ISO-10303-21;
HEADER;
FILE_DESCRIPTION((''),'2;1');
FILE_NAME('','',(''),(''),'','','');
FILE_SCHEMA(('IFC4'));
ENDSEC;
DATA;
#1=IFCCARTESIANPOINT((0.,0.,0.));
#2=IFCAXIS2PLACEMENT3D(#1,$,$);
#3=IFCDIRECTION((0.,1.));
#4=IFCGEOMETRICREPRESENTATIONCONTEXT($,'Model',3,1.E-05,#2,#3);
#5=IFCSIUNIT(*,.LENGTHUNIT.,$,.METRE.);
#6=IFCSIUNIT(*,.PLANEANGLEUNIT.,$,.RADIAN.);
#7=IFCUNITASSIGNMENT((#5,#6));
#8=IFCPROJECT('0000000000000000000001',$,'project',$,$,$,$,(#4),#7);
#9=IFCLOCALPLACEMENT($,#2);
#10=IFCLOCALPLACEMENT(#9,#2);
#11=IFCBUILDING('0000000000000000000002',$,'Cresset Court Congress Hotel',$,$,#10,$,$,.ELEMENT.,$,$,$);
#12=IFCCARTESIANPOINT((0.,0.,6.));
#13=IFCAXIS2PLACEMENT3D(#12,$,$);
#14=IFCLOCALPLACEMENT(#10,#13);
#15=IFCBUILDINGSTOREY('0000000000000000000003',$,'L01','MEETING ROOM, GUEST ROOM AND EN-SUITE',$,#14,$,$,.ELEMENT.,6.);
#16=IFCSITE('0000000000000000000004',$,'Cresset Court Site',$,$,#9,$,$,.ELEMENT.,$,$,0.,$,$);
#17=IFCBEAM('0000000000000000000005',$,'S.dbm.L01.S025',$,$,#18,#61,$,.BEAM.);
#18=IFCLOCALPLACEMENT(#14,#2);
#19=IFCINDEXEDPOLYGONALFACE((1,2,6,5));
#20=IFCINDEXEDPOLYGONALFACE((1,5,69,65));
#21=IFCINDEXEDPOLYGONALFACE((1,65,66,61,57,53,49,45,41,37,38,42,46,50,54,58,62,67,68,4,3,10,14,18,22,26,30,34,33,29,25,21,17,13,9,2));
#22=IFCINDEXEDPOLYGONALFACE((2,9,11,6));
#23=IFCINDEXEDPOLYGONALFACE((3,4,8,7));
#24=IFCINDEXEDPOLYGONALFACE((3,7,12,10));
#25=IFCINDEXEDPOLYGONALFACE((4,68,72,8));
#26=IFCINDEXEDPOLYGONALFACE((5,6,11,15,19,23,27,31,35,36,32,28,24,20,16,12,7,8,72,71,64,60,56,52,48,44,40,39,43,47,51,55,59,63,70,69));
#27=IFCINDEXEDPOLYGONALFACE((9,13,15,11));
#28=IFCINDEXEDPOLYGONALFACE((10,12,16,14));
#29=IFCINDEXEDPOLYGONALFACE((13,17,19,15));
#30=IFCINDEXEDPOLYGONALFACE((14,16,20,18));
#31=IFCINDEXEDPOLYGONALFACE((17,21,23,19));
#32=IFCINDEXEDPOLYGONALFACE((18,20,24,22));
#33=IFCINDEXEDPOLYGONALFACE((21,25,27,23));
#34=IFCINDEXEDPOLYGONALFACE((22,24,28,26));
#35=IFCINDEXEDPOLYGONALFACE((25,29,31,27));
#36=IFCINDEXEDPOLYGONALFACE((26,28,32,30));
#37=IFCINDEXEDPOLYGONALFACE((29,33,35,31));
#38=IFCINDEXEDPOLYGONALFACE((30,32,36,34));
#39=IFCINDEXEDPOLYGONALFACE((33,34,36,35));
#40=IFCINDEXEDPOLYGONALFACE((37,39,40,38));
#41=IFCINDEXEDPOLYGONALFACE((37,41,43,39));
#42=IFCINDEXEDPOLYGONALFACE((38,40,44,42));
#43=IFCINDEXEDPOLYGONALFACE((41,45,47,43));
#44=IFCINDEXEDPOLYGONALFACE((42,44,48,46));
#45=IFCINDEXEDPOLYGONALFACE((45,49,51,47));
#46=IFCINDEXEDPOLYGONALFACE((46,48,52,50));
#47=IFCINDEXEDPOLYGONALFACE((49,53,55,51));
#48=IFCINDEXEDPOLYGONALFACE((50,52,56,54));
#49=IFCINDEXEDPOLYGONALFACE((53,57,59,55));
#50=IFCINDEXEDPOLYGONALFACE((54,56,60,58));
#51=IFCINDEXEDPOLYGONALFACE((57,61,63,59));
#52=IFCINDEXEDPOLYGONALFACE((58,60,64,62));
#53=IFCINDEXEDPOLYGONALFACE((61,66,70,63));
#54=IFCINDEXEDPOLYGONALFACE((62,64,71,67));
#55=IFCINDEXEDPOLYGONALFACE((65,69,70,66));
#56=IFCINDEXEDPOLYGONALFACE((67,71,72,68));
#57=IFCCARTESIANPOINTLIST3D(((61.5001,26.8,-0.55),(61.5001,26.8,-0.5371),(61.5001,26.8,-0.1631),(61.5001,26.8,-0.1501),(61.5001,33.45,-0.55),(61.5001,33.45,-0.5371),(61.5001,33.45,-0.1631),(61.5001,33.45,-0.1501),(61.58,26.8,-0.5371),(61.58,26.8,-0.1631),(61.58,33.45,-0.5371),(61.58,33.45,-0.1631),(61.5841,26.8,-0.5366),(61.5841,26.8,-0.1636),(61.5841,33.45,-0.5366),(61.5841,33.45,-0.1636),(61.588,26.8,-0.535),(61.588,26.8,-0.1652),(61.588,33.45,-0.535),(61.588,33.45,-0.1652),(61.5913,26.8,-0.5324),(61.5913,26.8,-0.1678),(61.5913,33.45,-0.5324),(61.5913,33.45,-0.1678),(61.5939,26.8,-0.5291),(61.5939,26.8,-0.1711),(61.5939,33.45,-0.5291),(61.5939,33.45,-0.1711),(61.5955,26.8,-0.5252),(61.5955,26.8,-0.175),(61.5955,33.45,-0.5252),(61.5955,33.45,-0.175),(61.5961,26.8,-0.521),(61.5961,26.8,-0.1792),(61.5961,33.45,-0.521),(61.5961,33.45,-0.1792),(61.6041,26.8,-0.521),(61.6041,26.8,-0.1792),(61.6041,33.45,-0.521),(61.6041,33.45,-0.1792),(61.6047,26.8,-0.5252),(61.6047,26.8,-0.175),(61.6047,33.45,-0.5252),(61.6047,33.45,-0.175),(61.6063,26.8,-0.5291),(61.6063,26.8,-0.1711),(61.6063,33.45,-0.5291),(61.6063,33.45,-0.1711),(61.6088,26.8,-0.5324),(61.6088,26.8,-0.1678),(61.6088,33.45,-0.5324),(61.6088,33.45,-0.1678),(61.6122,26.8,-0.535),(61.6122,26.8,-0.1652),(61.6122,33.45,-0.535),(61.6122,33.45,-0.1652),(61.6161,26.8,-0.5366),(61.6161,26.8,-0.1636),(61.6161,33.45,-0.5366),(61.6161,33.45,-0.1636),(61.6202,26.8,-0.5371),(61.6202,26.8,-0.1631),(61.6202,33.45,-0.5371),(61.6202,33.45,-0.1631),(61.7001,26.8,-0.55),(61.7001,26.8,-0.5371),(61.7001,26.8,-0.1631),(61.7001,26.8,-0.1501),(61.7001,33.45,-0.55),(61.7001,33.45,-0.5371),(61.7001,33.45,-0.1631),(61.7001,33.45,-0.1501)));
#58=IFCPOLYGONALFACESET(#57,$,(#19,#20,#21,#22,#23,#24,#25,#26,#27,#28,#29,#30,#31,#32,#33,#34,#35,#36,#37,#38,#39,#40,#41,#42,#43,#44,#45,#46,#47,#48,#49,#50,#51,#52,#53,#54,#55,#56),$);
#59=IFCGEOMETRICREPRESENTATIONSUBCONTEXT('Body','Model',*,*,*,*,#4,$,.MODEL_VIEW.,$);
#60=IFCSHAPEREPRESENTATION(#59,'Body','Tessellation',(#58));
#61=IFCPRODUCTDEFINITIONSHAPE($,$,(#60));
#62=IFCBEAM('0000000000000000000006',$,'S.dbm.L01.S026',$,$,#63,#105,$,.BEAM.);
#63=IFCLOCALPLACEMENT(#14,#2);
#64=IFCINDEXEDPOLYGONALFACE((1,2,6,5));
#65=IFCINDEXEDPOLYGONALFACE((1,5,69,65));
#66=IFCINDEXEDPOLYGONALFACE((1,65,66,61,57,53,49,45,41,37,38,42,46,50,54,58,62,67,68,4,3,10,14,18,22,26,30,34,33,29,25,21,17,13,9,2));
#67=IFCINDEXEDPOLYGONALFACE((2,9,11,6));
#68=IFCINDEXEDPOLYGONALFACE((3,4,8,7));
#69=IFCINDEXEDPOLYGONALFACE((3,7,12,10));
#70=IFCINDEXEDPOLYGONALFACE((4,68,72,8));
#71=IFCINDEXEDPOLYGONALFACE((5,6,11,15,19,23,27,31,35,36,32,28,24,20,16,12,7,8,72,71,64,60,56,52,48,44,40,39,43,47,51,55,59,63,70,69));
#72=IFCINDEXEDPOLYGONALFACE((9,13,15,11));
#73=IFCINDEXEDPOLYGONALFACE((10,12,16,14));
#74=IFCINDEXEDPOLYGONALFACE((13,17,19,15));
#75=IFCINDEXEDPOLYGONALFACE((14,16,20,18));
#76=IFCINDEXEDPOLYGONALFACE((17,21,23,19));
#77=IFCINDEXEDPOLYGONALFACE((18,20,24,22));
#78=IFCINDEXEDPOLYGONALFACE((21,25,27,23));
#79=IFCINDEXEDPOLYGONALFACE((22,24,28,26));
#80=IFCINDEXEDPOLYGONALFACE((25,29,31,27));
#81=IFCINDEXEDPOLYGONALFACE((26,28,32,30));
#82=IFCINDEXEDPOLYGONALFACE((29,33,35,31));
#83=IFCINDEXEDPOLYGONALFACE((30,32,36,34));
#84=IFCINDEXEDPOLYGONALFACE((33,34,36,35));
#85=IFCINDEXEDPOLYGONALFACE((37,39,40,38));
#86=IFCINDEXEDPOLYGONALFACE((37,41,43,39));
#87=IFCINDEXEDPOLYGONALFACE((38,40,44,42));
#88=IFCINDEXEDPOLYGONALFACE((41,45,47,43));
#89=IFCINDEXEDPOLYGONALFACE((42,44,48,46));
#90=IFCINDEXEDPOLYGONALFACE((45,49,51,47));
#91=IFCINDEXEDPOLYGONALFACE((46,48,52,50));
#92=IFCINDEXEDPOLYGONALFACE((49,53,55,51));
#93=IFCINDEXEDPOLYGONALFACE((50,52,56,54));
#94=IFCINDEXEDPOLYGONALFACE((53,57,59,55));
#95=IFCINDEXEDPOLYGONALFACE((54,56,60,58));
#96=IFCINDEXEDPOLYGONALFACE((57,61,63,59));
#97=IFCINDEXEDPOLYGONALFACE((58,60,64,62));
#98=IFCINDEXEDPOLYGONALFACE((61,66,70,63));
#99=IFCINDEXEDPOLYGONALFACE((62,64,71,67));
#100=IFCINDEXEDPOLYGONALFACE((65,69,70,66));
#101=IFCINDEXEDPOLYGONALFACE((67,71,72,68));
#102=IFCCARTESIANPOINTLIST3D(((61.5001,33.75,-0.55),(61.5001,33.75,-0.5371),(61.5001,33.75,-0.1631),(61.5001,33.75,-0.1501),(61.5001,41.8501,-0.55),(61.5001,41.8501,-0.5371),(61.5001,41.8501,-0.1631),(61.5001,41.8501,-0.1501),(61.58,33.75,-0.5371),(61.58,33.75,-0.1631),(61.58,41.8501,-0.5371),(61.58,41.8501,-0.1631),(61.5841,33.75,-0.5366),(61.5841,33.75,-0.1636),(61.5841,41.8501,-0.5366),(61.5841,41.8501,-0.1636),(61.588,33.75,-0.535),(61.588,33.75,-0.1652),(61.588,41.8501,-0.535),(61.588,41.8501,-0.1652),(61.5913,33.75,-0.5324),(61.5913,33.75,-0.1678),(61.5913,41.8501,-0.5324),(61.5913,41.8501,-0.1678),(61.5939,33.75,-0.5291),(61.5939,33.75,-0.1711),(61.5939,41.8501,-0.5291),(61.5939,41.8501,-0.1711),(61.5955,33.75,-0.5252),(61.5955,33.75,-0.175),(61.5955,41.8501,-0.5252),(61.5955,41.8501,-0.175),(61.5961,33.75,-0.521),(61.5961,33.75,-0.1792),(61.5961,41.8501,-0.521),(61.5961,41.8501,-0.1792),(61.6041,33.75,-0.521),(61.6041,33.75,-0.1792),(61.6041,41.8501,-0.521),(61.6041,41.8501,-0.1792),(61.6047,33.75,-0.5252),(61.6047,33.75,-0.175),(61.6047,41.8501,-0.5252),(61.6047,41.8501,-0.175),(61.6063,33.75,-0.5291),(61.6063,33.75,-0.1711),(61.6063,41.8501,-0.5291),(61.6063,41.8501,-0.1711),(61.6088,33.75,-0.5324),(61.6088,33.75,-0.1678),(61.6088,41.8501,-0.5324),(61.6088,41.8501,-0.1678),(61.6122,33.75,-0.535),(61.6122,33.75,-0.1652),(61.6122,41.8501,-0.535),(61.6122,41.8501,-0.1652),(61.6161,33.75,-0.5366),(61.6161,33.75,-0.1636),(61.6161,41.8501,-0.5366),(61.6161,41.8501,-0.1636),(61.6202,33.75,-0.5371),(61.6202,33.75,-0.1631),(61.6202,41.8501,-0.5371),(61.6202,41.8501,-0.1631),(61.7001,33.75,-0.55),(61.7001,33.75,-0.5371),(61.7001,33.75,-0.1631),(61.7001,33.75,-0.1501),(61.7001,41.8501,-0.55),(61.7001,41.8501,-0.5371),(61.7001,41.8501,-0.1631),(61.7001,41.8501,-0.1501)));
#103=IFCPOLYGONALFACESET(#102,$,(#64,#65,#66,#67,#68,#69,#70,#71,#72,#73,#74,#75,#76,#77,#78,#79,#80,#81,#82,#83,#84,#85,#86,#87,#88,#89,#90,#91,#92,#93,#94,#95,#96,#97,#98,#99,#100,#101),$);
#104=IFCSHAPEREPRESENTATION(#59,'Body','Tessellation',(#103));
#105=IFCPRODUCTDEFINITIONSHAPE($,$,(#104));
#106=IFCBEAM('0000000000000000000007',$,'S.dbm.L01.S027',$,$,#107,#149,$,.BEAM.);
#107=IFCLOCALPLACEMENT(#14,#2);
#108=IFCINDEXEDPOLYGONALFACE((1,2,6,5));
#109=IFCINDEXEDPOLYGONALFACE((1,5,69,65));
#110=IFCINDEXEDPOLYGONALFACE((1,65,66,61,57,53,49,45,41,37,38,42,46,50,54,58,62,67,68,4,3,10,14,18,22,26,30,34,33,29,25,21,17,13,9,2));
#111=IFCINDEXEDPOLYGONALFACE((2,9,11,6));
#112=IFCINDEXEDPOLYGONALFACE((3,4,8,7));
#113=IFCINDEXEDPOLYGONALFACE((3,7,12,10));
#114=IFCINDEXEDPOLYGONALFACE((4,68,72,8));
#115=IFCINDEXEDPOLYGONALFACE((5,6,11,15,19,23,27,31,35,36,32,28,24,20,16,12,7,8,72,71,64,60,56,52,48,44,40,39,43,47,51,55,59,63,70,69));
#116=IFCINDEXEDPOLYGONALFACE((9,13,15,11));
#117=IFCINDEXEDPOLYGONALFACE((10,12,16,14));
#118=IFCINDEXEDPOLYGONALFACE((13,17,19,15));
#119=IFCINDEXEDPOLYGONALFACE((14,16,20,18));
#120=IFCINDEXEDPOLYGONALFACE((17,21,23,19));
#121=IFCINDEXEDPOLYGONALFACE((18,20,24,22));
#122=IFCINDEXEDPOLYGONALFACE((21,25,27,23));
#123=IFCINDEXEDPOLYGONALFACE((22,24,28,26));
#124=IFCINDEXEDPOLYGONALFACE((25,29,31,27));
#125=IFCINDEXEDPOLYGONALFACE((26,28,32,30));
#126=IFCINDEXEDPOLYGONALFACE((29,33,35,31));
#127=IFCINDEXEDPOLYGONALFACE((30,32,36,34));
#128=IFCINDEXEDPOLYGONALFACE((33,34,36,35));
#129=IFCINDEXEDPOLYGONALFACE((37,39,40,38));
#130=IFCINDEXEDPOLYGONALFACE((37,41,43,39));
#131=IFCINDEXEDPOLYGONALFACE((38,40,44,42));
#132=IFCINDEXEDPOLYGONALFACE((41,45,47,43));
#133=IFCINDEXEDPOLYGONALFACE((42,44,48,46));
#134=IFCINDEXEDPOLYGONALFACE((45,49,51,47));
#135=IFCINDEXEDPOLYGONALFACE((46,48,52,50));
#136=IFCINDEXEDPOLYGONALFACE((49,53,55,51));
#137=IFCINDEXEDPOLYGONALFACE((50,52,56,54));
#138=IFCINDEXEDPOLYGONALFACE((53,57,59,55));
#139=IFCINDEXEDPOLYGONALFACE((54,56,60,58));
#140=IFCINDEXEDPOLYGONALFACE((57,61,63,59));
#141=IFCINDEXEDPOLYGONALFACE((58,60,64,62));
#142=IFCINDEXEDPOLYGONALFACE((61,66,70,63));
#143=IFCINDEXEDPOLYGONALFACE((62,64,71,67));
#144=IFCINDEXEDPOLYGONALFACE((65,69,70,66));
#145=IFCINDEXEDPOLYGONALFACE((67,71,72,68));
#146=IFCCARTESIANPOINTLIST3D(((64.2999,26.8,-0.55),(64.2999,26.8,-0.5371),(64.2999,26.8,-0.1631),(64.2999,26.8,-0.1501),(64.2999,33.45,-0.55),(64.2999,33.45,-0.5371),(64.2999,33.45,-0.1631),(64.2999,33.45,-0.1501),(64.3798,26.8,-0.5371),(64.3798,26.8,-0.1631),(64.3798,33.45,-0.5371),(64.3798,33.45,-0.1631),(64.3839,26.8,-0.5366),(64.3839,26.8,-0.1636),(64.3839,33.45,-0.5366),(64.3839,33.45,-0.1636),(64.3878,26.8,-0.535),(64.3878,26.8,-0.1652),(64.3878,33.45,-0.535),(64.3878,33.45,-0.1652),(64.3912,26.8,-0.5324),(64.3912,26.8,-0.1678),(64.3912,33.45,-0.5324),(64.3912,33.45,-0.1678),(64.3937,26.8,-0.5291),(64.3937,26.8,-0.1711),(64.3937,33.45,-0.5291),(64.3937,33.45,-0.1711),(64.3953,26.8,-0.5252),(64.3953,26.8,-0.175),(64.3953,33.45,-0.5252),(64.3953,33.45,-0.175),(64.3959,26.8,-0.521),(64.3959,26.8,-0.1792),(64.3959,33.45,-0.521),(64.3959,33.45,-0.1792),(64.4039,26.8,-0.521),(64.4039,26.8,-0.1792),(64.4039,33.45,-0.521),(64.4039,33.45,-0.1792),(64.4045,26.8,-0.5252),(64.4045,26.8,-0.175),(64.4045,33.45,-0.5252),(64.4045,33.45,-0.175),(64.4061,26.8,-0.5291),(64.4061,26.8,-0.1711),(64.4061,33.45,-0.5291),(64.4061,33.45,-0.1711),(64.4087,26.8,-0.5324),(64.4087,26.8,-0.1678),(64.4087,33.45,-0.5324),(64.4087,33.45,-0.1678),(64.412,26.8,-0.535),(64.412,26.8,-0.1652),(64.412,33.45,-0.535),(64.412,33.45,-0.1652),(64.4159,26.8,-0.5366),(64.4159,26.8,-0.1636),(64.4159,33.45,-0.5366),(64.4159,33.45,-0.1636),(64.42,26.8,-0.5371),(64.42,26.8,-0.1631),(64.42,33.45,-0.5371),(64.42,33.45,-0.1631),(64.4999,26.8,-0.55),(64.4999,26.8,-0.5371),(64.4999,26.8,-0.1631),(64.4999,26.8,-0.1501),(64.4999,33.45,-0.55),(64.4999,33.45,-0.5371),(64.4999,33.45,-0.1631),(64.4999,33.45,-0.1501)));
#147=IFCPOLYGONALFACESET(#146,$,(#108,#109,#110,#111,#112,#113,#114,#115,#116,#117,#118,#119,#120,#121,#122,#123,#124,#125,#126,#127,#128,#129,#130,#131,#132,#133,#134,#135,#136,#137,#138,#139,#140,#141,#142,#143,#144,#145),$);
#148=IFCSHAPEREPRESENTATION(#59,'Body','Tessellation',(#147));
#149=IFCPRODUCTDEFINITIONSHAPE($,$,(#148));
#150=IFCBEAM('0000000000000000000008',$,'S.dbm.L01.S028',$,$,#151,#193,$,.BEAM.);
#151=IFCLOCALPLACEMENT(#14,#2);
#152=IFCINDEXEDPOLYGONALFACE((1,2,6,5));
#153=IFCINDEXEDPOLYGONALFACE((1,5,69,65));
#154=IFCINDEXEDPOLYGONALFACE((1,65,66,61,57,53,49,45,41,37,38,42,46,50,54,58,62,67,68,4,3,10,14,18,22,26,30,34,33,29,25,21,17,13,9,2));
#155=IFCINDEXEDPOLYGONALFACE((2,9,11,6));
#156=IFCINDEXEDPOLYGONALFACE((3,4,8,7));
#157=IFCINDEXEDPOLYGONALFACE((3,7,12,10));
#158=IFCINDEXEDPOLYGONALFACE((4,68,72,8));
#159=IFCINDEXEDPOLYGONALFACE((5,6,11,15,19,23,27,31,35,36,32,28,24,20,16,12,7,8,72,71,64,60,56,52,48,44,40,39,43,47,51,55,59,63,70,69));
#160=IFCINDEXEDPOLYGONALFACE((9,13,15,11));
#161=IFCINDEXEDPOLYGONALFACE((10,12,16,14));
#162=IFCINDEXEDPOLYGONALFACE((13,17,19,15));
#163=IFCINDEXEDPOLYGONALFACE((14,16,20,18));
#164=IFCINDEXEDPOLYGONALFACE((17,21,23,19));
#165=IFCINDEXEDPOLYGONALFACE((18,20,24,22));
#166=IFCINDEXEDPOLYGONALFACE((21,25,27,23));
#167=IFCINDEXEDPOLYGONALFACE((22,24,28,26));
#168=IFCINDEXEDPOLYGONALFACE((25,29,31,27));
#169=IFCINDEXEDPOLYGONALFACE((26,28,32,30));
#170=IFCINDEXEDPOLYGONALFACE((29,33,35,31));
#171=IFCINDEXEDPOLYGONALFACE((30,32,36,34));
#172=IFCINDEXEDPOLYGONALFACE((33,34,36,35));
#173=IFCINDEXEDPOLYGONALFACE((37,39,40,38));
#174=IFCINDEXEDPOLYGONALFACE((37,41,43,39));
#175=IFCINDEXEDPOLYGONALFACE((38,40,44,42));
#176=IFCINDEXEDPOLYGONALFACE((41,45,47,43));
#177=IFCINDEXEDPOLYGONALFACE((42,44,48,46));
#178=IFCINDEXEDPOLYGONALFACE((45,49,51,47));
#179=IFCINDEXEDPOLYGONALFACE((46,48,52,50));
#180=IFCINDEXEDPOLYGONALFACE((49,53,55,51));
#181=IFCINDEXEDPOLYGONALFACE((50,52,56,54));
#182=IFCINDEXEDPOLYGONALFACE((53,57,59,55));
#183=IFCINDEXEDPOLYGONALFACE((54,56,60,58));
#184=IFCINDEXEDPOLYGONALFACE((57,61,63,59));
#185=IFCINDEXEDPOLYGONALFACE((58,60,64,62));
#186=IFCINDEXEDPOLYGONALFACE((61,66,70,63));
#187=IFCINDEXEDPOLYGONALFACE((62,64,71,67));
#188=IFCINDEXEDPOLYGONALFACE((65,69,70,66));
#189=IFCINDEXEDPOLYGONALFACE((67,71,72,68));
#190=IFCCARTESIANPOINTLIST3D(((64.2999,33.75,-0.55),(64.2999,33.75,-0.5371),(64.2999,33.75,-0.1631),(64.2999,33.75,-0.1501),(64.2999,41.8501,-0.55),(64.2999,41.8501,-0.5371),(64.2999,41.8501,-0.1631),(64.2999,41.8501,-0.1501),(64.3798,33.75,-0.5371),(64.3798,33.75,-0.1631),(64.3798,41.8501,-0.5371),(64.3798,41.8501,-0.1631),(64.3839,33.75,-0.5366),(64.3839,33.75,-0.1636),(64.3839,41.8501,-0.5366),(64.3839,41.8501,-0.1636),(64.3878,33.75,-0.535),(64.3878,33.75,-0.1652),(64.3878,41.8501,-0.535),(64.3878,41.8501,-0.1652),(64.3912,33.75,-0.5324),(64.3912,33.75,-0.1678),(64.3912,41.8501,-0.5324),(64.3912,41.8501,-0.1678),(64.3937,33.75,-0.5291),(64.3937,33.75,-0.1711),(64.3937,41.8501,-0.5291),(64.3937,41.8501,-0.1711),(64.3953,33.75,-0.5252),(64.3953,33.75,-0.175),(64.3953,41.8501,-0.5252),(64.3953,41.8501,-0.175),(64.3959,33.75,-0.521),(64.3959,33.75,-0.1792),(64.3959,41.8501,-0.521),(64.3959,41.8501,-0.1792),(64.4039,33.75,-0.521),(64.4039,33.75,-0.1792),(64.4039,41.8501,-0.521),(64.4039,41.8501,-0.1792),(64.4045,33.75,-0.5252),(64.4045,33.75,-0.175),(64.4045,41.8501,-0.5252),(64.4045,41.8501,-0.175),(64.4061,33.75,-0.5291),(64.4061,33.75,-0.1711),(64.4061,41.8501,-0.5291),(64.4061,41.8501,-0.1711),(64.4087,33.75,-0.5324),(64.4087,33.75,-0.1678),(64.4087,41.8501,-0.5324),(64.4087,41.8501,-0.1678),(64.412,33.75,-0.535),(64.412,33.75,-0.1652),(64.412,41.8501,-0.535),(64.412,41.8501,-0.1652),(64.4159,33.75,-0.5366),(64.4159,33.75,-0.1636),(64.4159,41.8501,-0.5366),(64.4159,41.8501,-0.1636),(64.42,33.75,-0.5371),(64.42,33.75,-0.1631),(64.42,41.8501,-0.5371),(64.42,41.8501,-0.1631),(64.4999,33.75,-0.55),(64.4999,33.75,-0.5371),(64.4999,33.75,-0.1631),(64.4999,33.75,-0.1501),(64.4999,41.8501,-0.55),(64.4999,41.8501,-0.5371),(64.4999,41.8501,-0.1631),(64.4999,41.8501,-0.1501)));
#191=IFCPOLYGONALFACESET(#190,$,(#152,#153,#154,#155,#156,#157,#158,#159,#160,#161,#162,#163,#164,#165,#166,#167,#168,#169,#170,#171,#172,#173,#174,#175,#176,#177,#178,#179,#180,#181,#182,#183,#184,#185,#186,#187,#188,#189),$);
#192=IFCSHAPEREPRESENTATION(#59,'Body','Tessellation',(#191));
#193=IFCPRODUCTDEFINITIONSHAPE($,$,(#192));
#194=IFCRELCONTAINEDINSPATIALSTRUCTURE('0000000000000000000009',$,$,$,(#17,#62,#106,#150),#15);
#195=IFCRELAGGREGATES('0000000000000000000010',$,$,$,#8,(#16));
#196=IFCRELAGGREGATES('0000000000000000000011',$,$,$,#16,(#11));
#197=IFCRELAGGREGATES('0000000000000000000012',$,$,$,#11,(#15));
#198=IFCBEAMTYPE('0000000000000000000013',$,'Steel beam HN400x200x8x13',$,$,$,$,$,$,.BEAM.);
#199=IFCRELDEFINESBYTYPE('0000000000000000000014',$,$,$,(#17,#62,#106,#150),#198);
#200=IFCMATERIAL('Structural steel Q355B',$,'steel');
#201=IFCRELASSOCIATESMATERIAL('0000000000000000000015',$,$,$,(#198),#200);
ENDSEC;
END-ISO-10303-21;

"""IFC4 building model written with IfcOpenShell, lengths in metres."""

from ifc_helpers import new_model, si_unit, direction, frame, origin, origin_2d, place, context, subcontext, project, spatial, i_section, extrude, material, material_profile, profile_set, type_object, element, save


model = new_model("IFC4")

# Units and contexts
model_context = context("Model", 3, precision=1e-05, world=origin(), true_north=direction((0.0, 1.0)))
body_context = subcontext(model_context, "Body", "Model", "MODEL_VIEW")
ifc_project = project(units=[si_unit("LENGTHUNIT", "METRE"), si_unit("PLANEANGLEUNIT", "RADIAN")], contexts=[model_context])

# Site, building, storey
site_placement = place(None, origin())
site = spatial("IfcSite", under=ifc_project, at=site_placement, Name="Cresset Court Site", CompositionType="ELEMENT", RefElevation=0.0)
building_placement = place(site_placement, origin())
building = spatial("IfcBuilding", under=site, at=building_placement, Name="Cresset Court Congress Hotel", CompositionType="ELEMENT")
storey_placement = place(building_placement, frame((0.0, 0.0, 6.0)))
storey = spatial("IfcBuildingStorey", under=building, at=storey_placement, Name="L01", Description="MEETING ROOM, GUEST ROOM AND EN-SUITE", CompositionType="ELEMENT", Elevation=6.0)

# Beams
ifc_material_1 = material(Name="Structural steel Q355B", Category="steel")
ifc_material_profile_1 = material_profile(ifc_material_1, i_section(OverallWidth=0.2, OverallDepth=0.3999, WebThickness=0.0081, FlangeThickness=0.0129, FilletRadius=0.0161, at=origin_2d()), Name="HN400x200x8x13")
ifc_profile_set_1 = profile_set([ifc_material_profile_1], Name="Structural steel Q355B")
beam_type_1 = type_object("IfcBeamType", Name="Steel beam HN400x200x8x13", PredefinedType="BEAM", material=ifc_profile_set_1)
beam_1_placement = place(storey_placement, frame((61.6001, 26.8, -0.3501), z_axis=(0.0, 1.0, 0.0), x_axis=(-1.0, 0.0, 0.0)))
element("IfcBeam", 1, at=beam_1_placement, inside=storey, type_object=beam_type_1, Name="S.dbm.L01.S025", PredefinedType="BEAM", context=body_context, shape_type="SweptSolid", body=[
    extrude(i_section(OverallWidth=0.2, OverallDepth=0.3999, WebThickness=0.0081, FlangeThickness=0.0129, FilletRadius=0.0161, at=origin_2d()), origin(), (0.0, 0.0, 1.0), 6.6499),
])
beam_2_placement = place(storey_placement, frame((61.6001, 33.75, -0.3501), z_axis=(0.0, 1.0, 0.0), x_axis=(-1.0, 0.0, 0.0)))
element("IfcBeam", 2, at=beam_2_placement, inside=storey, type_object=beam_type_1, Name="S.dbm.L01.S026", PredefinedType="BEAM", context=body_context, shape_type="SweptSolid", body=[
    extrude(i_section(OverallWidth=0.2, OverallDepth=0.3999, WebThickness=0.0081, FlangeThickness=0.0129, FilletRadius=0.0161, at=origin_2d()), origin(), (0.0, 0.0, 1.0), 8.1001),
])
beam_3_placement = place(storey_placement, frame((64.3999, 26.8, -0.3501), z_axis=(0.0, 1.0, 0.0), x_axis=(-1.0, 0.0, 0.0)))
element("IfcBeam", 3, at=beam_3_placement, inside=storey, type_object=beam_type_1, Name="S.dbm.L01.S027", PredefinedType="BEAM", context=body_context, shape_type="SweptSolid", body=[
    extrude(i_section(OverallWidth=0.2, OverallDepth=0.3999, WebThickness=0.0081, FlangeThickness=0.0129, FilletRadius=0.0161, at=origin_2d()), origin(), (0.0, 0.0, 1.0), 6.6499),
])
beam_4_placement = place(storey_placement, frame((64.3999, 33.75, -0.3501), z_axis=(0.0, 1.0, 0.0), x_axis=(-1.0, 0.0, 0.0)))
element("IfcBeam", 4, at=beam_4_placement, inside=storey, type_object=beam_type_1, Name="S.dbm.L01.S028", PredefinedType="BEAM", context=body_context, shape_type="SweptSolid", body=[
    extrude(i_section(OverallWidth=0.2, OverallDepth=0.3999, WebThickness=0.0081, FlangeThickness=0.0129, FilletRadius=0.0161, at=origin_2d()), origin(), (0.0, 0.0, 1.0), 8.1001),
])

save(model, "model.ifc")
